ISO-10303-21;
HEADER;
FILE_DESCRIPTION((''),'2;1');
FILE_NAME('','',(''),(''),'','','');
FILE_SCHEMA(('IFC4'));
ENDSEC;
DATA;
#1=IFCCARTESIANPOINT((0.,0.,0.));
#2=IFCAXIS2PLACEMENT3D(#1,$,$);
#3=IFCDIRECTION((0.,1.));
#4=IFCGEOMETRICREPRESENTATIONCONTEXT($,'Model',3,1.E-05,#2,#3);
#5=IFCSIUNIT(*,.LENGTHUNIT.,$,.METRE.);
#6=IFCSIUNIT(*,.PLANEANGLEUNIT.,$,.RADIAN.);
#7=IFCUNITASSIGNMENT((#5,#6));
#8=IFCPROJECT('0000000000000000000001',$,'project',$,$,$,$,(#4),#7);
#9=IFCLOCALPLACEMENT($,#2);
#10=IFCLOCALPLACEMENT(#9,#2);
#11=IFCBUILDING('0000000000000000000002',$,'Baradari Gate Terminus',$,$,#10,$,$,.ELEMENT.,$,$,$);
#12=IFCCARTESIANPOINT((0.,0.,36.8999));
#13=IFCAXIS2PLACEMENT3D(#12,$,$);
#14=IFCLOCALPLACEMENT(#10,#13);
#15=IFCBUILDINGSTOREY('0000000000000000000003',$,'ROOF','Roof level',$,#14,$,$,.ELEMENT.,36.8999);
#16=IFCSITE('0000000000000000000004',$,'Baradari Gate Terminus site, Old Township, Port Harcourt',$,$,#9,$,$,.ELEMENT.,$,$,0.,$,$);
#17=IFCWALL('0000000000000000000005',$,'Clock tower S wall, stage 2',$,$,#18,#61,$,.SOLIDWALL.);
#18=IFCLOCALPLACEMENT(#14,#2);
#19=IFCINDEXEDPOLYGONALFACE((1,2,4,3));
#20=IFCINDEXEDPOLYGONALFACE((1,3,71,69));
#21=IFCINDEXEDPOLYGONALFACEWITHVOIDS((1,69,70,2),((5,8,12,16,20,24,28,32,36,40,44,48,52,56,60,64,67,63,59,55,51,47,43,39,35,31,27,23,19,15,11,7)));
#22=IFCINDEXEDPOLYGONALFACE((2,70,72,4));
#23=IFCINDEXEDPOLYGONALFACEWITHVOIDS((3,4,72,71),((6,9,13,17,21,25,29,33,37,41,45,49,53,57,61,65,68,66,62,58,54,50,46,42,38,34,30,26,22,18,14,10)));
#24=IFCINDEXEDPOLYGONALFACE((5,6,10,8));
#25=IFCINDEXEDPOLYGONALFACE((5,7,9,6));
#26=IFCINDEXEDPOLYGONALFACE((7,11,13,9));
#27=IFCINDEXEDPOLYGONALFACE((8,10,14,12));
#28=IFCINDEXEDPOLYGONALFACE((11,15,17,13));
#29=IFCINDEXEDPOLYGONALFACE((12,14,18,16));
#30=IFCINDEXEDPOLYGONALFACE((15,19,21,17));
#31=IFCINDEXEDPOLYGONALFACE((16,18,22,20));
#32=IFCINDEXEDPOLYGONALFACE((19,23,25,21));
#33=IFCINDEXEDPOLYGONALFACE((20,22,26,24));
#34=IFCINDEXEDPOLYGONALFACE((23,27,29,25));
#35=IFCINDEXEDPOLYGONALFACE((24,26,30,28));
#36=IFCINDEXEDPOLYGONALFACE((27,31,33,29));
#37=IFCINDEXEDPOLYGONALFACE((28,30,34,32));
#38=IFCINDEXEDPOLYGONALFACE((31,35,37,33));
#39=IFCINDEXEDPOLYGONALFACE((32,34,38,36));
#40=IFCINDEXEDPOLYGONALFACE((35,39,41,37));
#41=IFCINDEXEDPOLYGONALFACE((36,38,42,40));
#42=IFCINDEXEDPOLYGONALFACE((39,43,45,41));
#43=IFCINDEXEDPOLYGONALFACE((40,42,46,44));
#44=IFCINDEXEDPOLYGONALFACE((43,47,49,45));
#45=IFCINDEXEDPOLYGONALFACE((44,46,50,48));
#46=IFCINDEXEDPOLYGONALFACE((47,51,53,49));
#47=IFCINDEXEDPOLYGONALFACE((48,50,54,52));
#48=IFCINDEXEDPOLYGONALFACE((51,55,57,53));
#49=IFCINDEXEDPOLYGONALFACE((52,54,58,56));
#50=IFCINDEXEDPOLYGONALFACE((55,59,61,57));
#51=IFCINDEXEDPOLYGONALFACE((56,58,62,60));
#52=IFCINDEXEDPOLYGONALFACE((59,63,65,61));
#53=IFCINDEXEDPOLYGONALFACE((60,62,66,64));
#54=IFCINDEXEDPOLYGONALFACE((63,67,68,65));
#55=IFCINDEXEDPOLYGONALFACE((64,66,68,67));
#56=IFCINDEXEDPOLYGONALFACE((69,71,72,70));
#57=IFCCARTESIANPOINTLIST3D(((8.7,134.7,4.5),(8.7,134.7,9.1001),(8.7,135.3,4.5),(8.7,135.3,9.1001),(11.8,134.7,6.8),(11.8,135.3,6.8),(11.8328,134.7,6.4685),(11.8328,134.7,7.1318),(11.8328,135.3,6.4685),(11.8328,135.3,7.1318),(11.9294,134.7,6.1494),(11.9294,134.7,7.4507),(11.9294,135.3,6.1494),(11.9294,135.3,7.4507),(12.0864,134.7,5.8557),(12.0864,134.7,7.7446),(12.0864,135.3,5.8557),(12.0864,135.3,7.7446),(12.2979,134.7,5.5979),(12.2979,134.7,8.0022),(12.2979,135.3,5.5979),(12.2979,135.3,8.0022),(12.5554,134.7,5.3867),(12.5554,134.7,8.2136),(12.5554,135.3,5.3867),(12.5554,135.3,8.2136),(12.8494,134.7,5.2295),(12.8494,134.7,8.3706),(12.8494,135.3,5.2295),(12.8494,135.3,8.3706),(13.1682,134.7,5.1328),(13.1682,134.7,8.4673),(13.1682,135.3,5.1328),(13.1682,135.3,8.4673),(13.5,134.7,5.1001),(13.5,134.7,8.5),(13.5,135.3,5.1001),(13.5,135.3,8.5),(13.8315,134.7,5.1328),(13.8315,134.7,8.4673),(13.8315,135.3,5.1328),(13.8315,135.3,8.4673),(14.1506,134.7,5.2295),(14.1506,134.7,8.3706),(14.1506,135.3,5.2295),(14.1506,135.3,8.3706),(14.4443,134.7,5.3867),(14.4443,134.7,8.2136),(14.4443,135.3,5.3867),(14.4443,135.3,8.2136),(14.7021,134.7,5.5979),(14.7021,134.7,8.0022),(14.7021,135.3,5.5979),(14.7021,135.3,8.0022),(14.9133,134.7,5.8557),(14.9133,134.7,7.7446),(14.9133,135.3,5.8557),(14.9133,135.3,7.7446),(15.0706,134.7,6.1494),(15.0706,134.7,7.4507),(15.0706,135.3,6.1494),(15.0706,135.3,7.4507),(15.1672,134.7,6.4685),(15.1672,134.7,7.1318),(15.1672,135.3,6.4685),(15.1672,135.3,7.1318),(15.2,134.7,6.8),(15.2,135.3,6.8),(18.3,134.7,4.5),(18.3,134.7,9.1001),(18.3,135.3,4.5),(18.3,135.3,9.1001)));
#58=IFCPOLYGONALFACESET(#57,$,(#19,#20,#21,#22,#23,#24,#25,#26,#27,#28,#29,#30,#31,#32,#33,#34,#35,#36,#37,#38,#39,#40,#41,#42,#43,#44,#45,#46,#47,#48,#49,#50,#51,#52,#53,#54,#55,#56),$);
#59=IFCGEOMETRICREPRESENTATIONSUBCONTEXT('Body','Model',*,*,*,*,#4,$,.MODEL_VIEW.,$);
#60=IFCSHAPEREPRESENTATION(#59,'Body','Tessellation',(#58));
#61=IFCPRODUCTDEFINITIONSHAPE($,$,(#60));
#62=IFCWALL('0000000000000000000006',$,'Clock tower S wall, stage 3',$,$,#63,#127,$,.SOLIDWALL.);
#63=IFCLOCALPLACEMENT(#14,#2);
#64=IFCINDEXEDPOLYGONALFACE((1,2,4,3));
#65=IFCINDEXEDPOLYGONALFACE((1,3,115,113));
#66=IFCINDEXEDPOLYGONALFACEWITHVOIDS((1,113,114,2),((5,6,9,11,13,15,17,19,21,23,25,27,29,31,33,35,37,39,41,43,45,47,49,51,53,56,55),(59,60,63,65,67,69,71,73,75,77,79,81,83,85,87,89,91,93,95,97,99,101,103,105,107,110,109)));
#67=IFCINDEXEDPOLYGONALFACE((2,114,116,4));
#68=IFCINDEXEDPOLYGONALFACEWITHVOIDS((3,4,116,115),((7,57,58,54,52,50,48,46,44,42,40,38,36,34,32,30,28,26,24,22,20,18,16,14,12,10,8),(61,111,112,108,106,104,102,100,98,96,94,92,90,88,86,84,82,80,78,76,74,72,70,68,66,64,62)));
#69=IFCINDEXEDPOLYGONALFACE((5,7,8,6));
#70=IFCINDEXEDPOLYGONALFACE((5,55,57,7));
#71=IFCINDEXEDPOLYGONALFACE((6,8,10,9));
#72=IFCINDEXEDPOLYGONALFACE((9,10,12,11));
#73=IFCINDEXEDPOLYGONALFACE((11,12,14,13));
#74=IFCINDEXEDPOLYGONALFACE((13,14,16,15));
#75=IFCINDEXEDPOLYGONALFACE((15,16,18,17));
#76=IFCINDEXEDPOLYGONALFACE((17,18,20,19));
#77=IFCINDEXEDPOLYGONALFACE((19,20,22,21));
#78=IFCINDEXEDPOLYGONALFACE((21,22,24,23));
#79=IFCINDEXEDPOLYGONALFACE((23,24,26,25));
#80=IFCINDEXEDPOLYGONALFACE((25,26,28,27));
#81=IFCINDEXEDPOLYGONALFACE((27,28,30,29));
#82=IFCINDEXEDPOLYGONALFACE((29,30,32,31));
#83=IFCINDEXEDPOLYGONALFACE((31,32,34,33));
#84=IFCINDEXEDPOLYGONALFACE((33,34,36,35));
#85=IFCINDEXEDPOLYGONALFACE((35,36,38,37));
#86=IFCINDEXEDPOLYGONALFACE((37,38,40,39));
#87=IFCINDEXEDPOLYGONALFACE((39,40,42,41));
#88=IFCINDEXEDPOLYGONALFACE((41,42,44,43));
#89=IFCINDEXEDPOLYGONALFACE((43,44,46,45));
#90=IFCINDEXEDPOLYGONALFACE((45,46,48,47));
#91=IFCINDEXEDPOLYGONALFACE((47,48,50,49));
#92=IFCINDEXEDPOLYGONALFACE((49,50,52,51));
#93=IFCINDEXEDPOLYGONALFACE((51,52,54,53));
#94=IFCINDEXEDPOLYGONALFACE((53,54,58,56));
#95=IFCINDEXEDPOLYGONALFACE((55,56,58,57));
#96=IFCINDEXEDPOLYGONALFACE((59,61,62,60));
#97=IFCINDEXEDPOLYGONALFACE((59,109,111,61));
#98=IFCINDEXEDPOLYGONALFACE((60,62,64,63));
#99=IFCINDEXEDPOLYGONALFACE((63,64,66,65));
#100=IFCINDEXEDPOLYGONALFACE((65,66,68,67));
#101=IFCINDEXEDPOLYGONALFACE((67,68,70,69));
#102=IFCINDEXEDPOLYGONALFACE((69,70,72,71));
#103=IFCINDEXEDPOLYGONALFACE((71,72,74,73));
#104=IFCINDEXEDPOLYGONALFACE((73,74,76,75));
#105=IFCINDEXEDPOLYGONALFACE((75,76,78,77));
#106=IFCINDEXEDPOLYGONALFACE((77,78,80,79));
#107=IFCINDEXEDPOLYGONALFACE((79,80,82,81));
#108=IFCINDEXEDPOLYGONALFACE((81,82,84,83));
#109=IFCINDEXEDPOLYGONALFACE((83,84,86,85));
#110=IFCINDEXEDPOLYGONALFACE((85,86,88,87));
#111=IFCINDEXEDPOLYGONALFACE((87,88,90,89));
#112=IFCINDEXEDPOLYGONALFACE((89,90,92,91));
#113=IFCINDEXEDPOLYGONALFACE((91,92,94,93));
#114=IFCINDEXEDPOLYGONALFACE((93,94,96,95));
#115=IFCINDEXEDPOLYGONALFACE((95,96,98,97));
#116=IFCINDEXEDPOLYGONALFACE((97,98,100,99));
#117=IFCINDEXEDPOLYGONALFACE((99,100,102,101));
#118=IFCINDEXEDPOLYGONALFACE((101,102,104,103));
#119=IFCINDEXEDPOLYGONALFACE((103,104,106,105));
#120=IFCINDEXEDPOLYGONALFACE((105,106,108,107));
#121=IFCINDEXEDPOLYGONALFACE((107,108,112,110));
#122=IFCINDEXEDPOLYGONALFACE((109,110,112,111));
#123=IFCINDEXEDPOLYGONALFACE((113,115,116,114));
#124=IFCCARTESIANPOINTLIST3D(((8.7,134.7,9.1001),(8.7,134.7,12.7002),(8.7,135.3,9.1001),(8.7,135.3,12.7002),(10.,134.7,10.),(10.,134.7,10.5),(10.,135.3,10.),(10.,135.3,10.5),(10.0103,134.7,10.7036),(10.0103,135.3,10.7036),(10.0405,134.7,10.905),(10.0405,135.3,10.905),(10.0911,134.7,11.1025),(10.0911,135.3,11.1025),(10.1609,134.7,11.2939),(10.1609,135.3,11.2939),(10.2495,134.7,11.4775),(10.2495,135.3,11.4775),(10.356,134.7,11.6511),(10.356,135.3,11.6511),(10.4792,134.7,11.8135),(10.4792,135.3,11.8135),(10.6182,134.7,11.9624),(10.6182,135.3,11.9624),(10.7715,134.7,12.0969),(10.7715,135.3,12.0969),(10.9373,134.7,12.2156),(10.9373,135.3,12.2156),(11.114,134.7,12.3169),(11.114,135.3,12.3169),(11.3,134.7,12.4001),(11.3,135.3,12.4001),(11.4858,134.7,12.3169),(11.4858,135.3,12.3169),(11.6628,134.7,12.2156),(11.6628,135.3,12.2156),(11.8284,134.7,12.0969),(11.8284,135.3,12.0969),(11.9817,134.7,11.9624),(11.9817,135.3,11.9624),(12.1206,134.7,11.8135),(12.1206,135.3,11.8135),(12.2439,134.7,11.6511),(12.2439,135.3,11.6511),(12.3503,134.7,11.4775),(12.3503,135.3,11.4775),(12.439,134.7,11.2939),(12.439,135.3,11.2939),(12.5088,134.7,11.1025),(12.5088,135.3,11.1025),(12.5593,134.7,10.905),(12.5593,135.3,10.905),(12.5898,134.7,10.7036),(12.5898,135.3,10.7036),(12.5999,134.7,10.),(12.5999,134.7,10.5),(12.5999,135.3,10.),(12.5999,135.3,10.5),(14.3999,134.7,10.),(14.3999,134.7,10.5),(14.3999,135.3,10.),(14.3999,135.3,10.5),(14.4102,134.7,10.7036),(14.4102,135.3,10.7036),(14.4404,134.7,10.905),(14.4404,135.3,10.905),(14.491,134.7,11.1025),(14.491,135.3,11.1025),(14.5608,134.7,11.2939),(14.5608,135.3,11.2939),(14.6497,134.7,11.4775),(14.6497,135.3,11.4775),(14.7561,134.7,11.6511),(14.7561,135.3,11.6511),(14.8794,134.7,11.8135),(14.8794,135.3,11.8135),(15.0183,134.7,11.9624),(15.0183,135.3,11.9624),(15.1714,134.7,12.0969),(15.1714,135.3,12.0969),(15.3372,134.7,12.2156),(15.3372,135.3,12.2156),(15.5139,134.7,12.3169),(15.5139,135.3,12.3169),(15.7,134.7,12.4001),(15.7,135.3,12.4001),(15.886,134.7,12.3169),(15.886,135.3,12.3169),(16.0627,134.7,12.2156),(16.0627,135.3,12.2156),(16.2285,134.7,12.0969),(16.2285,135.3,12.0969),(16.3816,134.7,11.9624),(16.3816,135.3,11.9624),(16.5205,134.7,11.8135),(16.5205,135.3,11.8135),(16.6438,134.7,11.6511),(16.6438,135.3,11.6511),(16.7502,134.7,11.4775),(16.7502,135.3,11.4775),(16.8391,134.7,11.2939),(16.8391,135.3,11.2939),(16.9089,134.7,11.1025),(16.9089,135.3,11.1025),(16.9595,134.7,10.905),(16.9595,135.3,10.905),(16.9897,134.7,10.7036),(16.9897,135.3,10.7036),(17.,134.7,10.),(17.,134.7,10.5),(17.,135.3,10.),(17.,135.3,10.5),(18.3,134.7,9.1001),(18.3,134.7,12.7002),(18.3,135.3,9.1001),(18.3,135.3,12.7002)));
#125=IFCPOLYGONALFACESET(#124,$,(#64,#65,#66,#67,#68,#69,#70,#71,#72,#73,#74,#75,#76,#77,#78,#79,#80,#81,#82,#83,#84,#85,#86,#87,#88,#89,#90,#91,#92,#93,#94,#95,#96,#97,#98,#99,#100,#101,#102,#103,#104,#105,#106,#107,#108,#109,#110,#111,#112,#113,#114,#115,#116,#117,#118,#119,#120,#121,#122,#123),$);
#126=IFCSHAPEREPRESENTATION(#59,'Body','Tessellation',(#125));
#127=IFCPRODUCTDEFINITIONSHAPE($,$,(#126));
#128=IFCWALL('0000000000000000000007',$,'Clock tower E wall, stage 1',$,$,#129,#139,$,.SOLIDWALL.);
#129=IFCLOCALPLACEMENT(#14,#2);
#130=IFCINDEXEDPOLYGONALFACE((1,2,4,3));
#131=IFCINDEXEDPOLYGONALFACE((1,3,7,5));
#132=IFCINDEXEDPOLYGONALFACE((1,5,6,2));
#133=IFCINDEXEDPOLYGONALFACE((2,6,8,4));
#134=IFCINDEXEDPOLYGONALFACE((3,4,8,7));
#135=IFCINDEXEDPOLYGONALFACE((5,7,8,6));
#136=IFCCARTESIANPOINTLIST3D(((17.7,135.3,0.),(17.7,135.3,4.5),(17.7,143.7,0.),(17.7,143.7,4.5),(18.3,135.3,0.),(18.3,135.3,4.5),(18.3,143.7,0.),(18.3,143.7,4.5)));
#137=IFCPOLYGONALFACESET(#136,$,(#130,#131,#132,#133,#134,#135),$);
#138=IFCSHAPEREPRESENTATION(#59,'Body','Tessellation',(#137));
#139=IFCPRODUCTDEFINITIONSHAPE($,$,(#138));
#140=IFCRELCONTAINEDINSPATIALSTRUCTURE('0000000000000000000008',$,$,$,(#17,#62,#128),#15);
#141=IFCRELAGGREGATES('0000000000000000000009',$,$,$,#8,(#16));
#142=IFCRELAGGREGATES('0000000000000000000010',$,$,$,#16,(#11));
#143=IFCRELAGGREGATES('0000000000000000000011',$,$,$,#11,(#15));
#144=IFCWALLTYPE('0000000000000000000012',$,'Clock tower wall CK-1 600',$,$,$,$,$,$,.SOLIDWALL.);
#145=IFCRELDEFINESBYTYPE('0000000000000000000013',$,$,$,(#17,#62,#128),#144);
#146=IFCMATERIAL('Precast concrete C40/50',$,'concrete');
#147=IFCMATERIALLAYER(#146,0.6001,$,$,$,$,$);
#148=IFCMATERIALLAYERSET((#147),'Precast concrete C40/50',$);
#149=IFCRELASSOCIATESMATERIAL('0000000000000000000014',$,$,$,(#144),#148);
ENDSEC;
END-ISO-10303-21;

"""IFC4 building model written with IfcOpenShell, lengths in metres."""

from ifc_helpers import new_model, si_unit, direction, frame, origin, place, context, subcontext, project, spatial, polyline, outline, extrude, material, layer, layer_set, type_object, element, save


model = new_model("IFC4")

# Units and contexts
model_context = context("Model", 3, precision=1e-05, world=origin(), true_north=direction((0.0, 1.0)))
body_context = subcontext(model_context, "Body", "Model", "MODEL_VIEW")
ifc_project = project(units=[si_unit("LENGTHUNIT", "METRE"), si_unit("PLANEANGLEUNIT", "RADIAN")], contexts=[model_context])

# Site, building, storey
site_placement = place(None, origin())
site = spatial("IfcSite", under=ifc_project, at=site_placement, Name="Baradari Gate Terminus site, Old Township, Port Harcourt", CompositionType="ELEMENT", RefElevation=0.0)
building_placement = place(site_placement, origin())
building = spatial("IfcBuilding", under=site, at=building_placement, Name="Baradari Gate Terminus", CompositionType="ELEMENT")
storey_placement = place(building_placement, frame((0.0, 0.0, 36.8999)))
storey = spatial("IfcBuildingStorey", under=building, at=storey_placement, Name="ROOF", Description="Roof level", CompositionType="ELEMENT", Elevation=36.8999)

# Walls
ifc_material_1 = material(Name="Precast concrete C40/50", Category="concrete")
ifc_layer_1 = layer(ifc_material_1, 0.6001)
ifc_layer_set_1 = layer_set([ifc_layer_1], Name="Precast concrete C40/50")
wall_type_1 = type_object("IfcWallType", Name="Clock tower wall CK-1 600", PredefinedType="SOLIDWALL", material=ifc_layer_set_1)
wall_1_placement = place(storey_placement, frame((8.7, 135.0, 4.5), z_axis=(0.0, 0.0, 1.0), x_axis=(1.0, 0.0, 0.0)))
element("IfcWall", 1, at=wall_1_placement, inside=storey, type_object=wall_type_1, Name="Clock tower S wall, stage 2", PredefinedType="SOLIDWALL", context=body_context, shape_type="SweptSolid", body=[
    extrude(outline(polyline([(9.6001, 0.0), (9.6001, 4.6001), (0.0, 4.6001), (0.0, 0.0), (9.6001, 0.0)]), holes=[polyline([(6.4673, 1.9685), (6.3706, 1.6494), (6.2134, 1.3557), (6.0022, 1.0979), (5.7444, 0.8867), (5.4507, 0.7295), (5.1316, 0.6328), (4.8, 0.6001), (4.4683, 0.6328), (4.1494, 0.7295), (3.8555, 0.8867), (3.5979, 1.0979), (3.3865, 1.3557), (3.2295, 1.6494), (3.1328, 1.9685), (3.1001, 2.3), (3.1328, 2.6318), (3.2295, 2.9507), (3.3865, 3.2446), (3.5979, 3.5022), (3.8555, 3.7136), (4.1494, 3.8706), (4.4683, 3.9673), (4.8, 4.0), (5.1316, 3.9673), (5.4507, 3.8706), (5.7444, 3.7136), (6.0022, 3.5022), (6.2134, 3.2446), (6.3706, 2.9507), (6.4673, 2.6318), (6.5, 2.3), (6.4673, 1.9685)])]), frame((0.0, 0.3, 0.0), z_axis=(0.0, -1.0, 0.0), x_axis=(1.0, 0.0, 0.0)), (0.0, 0.0, 1.0), 0.6001),
])
wall_2_placement = place(storey_placement, frame((8.7, 135.0, 9.1001), z_axis=(0.0, 0.0, 1.0), x_axis=(1.0, 0.0, 0.0)))
element("IfcWall", 2, at=wall_2_placement, inside=storey, type_object=wall_type_1, Name="Clock tower S wall, stage 3", PredefinedType="SOLIDWALL", context=body_context, shape_type="SweptSolid", body=[
    extrude(outline(polyline([(9.6001, 0.0), (9.6001, 3.6001), (0.0, 3.6001), (0.0, 0.0), (9.6001, 0.0)]), holes=[polyline([(1.3, 0.8999), (1.3, 1.3999), (1.3103, 1.6035), (1.3406, 1.8049), (1.3911, 2.0024), (1.4609, 2.1938), (1.5496, 2.3774), (1.656, 2.551), (1.7793, 2.7134), (1.9182, 2.8623), (2.0715, 2.9968), (2.2373, 3.1155), (2.4141, 3.2168), (2.6001, 3.3), (2.7859, 3.2168), (2.9629, 3.1155), (3.1284, 2.9968), (3.2817, 2.8623), (3.4207, 2.7134), (3.5439, 2.551), (3.6504, 2.3774), (3.739, 2.1938), (3.8088, 2.0024), (3.8594, 1.8049), (3.8899, 1.6035), (3.8999, 1.3999), (3.8999, 0.8999), (1.3, 0.8999)]), polyline([(5.7, 0.8999), (5.7, 1.3999), (5.7102, 1.6035), (5.7405, 1.8049), (5.791, 2.0024), (5.8608, 2.1938), (5.9497, 2.3774), (6.0562, 2.551), (6.1794, 2.7134), (6.3184, 2.8623), (6.4714, 2.9968), (6.6372, 3.1155), (6.814, 3.2168), (7.0, 3.3), (7.186, 3.2168), (7.3628, 3.1155), (7.5286, 2.9968), (7.6816, 2.8623), (7.8206, 2.7134), (7.9438, 2.551), (8.0503, 2.3774), (8.1392, 2.1938), (8.209, 2.0024), (8.2595, 1.8049), (8.2898, 1.6035), (8.3, 1.3999), (8.3, 0.8999), (5.7, 0.8999)])]), frame((0.0, 0.3, 0.0), z_axis=(0.0, -1.0, 0.0), x_axis=(1.0, 0.0, 0.0)), (0.0, 0.0, 1.0), 0.6001),
])
wall_3_placement = place(storey_placement, frame((18.0, 135.3, 0.0), z_axis=(0.0, 0.0, 1.0), x_axis=(0.0, 1.0, 0.0)))
element("IfcWall", 3, at=wall_3_placement, inside=storey, type_object=wall_type_1, Name="Clock tower E wall, stage 1", PredefinedType="SOLIDWALL", context=body_context, shape_type="SweptSolid", body=[
    extrude(outline(polyline([(8.3999, 0.0), (8.3999, 4.5), (0.0, 4.5), (0.0, 0.0), (8.3999, 0.0)])), frame((0.0, 0.3, 0.0), z_axis=(0.0, -1.0, 0.0), x_axis=(1.0, 0.0, 0.0)), (0.0, 0.0, 1.0), 0.6001),
])

save(model, "model.ifc")
